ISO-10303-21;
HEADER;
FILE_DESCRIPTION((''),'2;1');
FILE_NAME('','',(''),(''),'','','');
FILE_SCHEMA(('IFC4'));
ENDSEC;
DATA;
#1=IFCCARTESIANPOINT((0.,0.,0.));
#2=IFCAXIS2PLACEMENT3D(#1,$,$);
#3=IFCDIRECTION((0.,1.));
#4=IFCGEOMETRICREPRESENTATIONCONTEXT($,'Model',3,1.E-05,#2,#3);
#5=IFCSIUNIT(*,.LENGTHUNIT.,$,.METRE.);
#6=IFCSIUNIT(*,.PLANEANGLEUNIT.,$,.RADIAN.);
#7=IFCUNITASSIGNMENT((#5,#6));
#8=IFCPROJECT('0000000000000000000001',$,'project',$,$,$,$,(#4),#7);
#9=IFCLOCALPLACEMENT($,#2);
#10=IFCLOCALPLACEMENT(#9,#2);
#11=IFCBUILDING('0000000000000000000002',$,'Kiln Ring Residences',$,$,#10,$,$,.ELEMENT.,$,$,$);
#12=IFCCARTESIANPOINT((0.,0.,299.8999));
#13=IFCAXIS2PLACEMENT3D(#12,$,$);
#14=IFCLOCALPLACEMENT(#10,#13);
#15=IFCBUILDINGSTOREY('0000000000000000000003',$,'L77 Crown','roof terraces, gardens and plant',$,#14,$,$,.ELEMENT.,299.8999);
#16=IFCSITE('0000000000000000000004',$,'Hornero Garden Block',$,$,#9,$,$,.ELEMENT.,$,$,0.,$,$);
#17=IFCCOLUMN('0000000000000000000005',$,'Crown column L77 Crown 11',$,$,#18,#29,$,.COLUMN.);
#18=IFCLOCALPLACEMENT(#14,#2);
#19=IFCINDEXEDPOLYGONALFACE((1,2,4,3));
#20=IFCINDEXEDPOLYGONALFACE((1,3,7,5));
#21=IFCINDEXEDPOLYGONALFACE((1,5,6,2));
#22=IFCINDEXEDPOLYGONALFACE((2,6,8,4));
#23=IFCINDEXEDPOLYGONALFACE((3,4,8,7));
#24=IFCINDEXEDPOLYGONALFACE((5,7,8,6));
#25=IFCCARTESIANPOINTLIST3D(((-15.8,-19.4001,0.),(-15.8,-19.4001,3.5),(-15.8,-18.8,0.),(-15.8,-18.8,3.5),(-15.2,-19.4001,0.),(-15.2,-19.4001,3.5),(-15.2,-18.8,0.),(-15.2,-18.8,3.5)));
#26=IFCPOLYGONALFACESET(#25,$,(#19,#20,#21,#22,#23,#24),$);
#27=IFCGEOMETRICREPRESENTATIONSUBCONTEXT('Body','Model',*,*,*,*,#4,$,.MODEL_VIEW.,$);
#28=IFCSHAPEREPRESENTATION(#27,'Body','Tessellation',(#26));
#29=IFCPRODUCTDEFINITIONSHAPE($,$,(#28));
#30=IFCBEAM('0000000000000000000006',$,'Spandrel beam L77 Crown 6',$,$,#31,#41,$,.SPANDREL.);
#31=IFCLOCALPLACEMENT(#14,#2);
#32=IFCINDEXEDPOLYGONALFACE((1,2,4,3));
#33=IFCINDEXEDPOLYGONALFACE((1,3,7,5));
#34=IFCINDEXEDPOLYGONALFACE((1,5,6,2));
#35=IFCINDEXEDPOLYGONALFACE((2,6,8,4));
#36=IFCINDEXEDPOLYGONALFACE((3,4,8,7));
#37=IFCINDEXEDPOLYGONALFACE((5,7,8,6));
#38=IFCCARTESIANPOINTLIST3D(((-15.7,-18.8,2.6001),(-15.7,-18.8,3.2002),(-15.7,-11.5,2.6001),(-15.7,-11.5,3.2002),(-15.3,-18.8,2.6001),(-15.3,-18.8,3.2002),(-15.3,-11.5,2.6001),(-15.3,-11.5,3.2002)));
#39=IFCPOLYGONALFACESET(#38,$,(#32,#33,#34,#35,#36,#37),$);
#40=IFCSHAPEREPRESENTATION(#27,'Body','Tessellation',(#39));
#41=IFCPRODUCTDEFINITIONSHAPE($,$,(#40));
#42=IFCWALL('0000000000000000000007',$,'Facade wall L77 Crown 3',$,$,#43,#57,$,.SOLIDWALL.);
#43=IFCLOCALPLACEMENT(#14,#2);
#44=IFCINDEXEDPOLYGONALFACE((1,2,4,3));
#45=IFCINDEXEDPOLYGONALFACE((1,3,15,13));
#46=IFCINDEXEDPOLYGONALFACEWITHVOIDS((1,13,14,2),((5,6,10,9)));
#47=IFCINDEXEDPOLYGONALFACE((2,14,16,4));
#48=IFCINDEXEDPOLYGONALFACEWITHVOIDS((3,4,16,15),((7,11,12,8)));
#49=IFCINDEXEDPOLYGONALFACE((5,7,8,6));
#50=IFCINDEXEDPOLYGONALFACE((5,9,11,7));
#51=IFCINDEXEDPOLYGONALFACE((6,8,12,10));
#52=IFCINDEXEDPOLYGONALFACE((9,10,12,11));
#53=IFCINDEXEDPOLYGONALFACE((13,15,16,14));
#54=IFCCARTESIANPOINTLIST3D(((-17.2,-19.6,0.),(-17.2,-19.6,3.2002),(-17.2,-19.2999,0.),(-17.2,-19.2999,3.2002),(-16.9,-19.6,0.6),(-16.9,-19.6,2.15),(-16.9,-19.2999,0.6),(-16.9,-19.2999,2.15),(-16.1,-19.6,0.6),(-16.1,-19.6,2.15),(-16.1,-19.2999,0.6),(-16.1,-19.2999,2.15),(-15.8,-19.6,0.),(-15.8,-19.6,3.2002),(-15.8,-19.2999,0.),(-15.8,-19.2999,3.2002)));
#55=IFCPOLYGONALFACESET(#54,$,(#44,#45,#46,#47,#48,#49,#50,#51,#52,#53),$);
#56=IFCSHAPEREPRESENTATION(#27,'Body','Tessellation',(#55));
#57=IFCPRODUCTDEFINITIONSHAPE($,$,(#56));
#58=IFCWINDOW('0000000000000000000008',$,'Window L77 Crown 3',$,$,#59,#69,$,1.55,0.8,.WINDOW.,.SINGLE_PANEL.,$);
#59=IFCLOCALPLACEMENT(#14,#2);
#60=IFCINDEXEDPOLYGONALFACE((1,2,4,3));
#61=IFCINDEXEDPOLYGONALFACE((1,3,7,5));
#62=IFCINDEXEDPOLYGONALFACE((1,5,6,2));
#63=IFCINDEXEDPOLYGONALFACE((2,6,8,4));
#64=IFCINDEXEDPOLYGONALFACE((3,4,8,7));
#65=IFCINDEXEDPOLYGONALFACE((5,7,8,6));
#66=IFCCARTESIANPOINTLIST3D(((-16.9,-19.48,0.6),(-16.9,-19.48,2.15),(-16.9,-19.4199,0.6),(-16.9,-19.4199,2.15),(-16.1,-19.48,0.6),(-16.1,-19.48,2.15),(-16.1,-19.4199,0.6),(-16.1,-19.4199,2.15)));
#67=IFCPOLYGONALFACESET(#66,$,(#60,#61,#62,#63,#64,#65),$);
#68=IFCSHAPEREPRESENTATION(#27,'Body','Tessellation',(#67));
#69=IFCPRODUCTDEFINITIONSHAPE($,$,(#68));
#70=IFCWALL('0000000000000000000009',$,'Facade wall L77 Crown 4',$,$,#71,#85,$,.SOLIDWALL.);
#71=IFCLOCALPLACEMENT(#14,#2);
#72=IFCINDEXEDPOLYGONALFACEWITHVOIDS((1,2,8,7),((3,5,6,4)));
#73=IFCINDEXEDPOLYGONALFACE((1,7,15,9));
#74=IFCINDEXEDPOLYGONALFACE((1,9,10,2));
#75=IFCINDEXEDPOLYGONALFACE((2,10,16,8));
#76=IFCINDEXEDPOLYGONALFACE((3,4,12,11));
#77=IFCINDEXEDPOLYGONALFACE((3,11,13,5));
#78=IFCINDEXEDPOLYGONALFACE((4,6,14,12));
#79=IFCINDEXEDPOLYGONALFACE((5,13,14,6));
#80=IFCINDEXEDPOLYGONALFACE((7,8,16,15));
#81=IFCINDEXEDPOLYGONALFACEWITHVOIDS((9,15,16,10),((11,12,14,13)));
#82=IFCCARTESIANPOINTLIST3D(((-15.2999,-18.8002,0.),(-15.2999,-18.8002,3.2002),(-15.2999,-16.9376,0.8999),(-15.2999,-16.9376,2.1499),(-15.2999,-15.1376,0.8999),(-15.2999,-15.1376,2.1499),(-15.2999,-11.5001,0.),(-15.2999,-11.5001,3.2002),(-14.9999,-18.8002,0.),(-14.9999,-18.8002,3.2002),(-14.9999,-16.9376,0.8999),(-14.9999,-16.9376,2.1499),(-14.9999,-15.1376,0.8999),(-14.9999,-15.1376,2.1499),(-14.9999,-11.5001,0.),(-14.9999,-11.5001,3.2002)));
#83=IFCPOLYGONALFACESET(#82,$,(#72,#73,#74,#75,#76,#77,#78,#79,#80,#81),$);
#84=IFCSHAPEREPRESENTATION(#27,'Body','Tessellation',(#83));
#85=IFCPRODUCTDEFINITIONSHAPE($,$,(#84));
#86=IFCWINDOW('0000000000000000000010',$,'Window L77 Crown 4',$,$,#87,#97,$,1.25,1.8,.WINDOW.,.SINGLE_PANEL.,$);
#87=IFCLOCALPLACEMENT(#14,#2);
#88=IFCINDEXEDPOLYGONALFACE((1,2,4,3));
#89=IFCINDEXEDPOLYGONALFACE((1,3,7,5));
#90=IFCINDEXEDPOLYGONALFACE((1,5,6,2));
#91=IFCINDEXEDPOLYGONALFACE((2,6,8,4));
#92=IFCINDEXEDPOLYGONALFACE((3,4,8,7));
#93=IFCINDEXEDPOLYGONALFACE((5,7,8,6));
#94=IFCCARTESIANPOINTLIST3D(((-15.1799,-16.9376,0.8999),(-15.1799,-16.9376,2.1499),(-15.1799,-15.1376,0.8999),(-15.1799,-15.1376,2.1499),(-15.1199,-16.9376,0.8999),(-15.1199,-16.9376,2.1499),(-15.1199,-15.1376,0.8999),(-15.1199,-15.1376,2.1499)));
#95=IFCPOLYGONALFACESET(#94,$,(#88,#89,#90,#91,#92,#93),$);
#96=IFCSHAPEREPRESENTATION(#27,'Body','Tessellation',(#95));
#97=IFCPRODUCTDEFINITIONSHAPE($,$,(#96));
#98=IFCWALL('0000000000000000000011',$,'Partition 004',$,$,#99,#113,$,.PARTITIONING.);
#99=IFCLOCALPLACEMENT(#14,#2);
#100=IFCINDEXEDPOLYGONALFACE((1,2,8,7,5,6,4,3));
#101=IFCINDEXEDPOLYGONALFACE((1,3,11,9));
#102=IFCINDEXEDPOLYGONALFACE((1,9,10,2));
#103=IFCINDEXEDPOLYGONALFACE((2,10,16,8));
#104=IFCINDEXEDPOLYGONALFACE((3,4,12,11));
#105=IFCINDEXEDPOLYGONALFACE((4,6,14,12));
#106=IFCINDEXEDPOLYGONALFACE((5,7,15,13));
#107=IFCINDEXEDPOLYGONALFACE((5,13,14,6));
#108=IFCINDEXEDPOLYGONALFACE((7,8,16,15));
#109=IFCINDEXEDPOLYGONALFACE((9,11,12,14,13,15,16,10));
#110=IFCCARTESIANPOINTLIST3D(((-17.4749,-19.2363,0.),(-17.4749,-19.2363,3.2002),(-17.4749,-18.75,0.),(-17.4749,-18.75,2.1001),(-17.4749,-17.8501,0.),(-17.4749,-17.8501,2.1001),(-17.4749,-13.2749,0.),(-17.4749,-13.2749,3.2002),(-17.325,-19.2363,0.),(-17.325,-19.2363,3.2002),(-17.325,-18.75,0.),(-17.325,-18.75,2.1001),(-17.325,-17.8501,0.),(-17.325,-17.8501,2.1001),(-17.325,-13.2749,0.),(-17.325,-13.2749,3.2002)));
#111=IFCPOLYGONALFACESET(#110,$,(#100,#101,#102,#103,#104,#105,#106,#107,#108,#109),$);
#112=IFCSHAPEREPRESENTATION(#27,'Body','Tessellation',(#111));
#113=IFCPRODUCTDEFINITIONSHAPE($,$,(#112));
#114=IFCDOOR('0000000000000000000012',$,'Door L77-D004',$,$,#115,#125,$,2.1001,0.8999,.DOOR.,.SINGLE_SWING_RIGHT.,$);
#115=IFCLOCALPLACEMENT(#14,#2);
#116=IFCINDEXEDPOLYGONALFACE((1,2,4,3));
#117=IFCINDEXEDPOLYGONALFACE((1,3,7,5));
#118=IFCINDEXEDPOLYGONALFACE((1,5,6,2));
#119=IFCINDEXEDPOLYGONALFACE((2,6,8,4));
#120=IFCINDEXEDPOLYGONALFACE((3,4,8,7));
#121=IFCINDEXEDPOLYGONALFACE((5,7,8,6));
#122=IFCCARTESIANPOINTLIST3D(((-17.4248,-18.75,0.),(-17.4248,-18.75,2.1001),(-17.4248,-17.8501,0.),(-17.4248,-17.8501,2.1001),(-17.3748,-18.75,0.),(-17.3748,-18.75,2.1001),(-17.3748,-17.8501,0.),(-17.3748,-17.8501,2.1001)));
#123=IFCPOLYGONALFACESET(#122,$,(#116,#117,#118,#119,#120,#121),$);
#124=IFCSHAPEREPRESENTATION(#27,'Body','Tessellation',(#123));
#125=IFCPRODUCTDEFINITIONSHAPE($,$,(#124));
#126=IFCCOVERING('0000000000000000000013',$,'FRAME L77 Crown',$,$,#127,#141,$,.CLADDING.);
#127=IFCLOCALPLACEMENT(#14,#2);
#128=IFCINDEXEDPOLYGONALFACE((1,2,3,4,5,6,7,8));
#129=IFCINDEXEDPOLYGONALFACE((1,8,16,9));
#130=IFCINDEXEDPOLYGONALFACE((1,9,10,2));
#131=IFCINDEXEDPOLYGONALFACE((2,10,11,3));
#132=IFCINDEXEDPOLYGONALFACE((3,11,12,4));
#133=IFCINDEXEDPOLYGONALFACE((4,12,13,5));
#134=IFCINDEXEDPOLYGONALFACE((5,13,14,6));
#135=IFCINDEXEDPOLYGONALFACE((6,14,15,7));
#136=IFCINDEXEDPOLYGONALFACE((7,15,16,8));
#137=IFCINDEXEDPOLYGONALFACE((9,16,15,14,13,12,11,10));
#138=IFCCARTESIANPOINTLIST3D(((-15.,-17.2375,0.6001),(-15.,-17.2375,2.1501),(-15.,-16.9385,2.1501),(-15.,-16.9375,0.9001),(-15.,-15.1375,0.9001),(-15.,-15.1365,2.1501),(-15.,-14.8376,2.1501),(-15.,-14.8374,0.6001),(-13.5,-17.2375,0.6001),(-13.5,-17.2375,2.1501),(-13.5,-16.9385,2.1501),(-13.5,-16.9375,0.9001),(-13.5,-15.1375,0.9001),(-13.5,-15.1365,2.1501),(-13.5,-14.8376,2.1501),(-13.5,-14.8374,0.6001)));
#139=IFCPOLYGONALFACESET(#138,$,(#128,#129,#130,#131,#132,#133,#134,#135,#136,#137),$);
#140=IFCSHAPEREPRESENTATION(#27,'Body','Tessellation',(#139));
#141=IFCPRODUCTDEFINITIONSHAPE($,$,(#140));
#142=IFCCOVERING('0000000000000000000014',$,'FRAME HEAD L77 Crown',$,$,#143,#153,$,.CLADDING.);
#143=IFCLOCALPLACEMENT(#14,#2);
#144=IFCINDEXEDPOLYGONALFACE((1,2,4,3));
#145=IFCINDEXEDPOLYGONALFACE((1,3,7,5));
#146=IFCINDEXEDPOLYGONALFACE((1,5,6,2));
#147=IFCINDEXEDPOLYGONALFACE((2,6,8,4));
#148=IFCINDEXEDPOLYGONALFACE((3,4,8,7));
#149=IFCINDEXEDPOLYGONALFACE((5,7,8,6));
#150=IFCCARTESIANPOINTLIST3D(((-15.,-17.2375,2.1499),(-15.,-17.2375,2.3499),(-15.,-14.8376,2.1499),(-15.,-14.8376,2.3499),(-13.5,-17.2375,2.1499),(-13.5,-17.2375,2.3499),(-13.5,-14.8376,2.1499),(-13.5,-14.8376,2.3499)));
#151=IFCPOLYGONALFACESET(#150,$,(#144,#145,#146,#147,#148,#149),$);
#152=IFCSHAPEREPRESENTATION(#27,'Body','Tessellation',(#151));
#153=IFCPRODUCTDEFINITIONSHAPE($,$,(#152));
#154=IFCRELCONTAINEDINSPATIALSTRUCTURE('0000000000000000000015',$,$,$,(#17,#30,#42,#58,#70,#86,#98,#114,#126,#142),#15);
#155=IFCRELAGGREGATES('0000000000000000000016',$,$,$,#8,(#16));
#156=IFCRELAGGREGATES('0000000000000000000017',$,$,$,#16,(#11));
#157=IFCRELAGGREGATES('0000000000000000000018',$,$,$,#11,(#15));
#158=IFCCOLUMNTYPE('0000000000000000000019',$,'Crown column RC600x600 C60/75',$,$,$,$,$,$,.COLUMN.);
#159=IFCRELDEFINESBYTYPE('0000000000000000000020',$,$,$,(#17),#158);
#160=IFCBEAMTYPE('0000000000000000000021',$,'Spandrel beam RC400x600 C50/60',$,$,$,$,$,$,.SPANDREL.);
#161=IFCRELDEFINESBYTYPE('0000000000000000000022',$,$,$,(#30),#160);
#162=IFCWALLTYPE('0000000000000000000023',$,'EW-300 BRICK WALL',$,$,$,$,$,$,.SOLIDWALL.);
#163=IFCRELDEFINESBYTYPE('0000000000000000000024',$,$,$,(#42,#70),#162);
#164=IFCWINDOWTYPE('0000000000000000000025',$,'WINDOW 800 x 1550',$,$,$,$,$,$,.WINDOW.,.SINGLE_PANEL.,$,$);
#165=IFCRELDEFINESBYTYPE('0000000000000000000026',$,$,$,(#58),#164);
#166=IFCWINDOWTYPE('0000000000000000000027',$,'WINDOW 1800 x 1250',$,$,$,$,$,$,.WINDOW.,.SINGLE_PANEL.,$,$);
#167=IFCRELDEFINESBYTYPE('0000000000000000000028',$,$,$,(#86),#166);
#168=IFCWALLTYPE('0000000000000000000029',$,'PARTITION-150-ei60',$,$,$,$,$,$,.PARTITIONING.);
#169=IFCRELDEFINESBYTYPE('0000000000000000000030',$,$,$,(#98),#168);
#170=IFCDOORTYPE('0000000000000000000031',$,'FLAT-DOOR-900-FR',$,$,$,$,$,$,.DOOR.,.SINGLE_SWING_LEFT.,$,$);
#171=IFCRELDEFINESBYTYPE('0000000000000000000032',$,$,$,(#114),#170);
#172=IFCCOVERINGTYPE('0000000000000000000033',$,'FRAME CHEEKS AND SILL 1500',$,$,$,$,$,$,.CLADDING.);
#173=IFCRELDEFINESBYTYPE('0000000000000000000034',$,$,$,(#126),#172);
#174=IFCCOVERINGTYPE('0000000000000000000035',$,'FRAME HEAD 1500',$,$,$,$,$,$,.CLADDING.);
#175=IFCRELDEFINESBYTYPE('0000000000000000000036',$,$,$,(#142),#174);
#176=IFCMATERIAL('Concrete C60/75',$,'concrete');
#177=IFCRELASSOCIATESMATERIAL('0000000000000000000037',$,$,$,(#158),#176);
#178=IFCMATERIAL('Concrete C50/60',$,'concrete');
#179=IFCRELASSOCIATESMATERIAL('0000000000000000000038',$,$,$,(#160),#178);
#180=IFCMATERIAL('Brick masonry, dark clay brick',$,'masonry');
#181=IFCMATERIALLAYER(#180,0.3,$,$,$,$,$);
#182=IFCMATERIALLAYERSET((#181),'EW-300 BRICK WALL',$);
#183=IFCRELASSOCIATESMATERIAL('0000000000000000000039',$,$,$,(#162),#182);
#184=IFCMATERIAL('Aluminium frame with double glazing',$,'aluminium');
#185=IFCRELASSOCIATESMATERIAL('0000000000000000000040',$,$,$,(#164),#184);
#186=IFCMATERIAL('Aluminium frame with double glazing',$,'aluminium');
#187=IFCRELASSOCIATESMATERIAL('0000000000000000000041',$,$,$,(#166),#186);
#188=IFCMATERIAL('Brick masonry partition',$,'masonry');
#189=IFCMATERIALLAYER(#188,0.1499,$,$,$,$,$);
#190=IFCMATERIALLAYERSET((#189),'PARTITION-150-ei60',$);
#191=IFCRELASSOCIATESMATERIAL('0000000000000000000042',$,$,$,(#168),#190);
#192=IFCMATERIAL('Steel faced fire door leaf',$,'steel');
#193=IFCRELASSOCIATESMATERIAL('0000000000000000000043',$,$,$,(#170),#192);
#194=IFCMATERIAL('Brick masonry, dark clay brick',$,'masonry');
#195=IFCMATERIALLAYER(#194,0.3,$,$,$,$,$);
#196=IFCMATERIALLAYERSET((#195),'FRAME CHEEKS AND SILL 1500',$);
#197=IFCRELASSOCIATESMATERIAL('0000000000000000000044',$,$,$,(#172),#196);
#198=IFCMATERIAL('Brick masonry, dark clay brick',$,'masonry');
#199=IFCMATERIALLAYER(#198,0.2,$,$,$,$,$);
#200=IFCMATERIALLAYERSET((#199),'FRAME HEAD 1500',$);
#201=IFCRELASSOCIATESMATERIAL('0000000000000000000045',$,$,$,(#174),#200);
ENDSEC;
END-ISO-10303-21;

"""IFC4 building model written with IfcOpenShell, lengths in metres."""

from ifc_helpers import new_model, si_unit, direction, frame, frame_2d, origin, origin_2d, place, context, subcontext, project, spatial, polyline, rectangle, outline, extrude, material, layer, layer_set, material_profile, profile_set, type_object, element, fill, save


model = new_model("IFC4")

# Units and contexts
model_context = context("Model", 3, precision=1e-05, world=origin(), true_north=direction((0.0, 1.0)))
body_context = subcontext(model_context, "Body", "Model", "MODEL_VIEW")
ifc_project = project(units=[si_unit("LENGTHUNIT", "METRE"), si_unit("PLANEANGLEUNIT", "RADIAN")], contexts=[model_context])

# Site, building, storey
site_placement = place(None, origin())
site = spatial("IfcSite", under=ifc_project, at=site_placement, Name="Hornero Garden Block", CompositionType="ELEMENT", RefElevation=0.0)
building_placement = place(site_placement, origin())
building = spatial("IfcBuilding", under=site, at=building_placement, Name="Kiln Ring Residences", CompositionType="ELEMENT")
storey_placement = place(building_placement, frame((0.0, 0.0, 299.8999)))
storey = spatial("IfcBuildingStorey", under=building, at=storey_placement, Name="L77 Crown", Description="roof terraces, gardens and plant", CompositionType="ELEMENT", Elevation=299.8999)

# Column
ifc_material_1 = material(Name="Concrete C60/75", Category="concrete")
ifc_material_profile_1 = material_profile(ifc_material_1, rectangle(XDim=0.6001, YDim=0.6001, at=origin_2d()), Name="RC600x600")
ifc_profile_set_1 = profile_set([ifc_material_profile_1], Name="Concrete C60/75")
column_type = type_object("IfcColumnType", Name="Crown column RC600x600 C60/75", PredefinedType="COLUMN", material=ifc_profile_set_1)
column_placement = place(storey_placement, frame((-15.5, -19.1001, 0.0), z_axis=(0.0, 0.0, 1.0), x_axis=(1.0, 0.0, 0.0)))
element("IfcColumn", 1, at=column_placement, inside=storey, type_object=column_type, Name="Crown column L77 Crown 11", PredefinedType="COLUMN", context=body_context, shape_type="SweptSolid", body=[
    extrude(rectangle(XDim=0.6001, YDim=0.6001, at=origin_2d()), origin(), (0.0, 0.0, 1.0), 3.5),
])

# Beam
ifc_material_2 = material(Name="Concrete C50/60", Category="concrete")
ifc_material_profile_2 = material_profile(ifc_material_2, rectangle(XDim=0.3999, YDim=0.6001, at=origin_2d()), Name="RC400x600")
ifc_profile_set_2 = profile_set([ifc_material_profile_2], Name="Concrete C50/60")
beam_type = type_object("IfcBeamType", Name="Spandrel beam RC400x600 C50/60", PredefinedType="SPANDREL", material=ifc_profile_set_2)
beam_placement = place(storey_placement, frame((-15.5, -18.8, 2.9001), z_axis=(0.0, 1.0, 0.0), x_axis=(-1.0, 0.0, 0.0)))
element("IfcBeam", 2, at=beam_placement, inside=storey, type_object=beam_type, Name="Spandrel beam L77 Crown 6", PredefinedType="SPANDREL", context=body_context, shape_type="SweptSolid", body=[
    extrude(rectangle(XDim=0.3999, YDim=0.6001, at=origin_2d()), origin(), (0.0, 0.0, 1.0), 7.3),
])

# Walls, openings, windows
ifc_material_3 = material(Name="Brick masonry, dark clay brick", Category="masonry")
ifc_layer_1 = layer(ifc_material_3, 0.3)
ifc_layer_set_1 = layer_set([ifc_layer_1], Name="EW-300 BRICK WALL")
wall_type_1 = type_object("IfcWallType", Name="EW-300 BRICK WALL", PredefinedType="SOLIDWALL", material=ifc_layer_set_1)
wall_1_placement = place(storey_placement, frame((-17.2, -19.45, 0.0), z_axis=(0.0, 0.0, 1.0), x_axis=(1.0, 0.0, 0.0)))
wall_1 = element("IfcWall", 3, at=wall_1_placement, inside=storey, type_object=wall_type_1, Name="Facade wall L77 Crown 3", PredefinedType="SOLIDWALL", context=body_context, shape_type="SweptSolid", body=[
    extrude(rectangle(XDim=1.3999, YDim=0.3, at=frame_2d((0.7, 0.0))), origin(), (0.0, 0.0, 1.0), 3.2002),
])
opening_1_placement = place(wall_1_placement, frame((0.3, 0.0, 0.6001)))
opening_1 = element("IfcOpeningElement", 4, at=opening_1_placement, cuts=wall_1, PredefinedType="OPENING", context=body_context, shape_type="SweptSolid", body=[
    extrude(rectangle(XDim=0.8, YDim=1.55, at=frame_2d((0.3999, 0.7749))), frame((0.0, 0.1599, 0.0), z_axis=(0.0, -1.0, 0.0), x_axis=(1.0, 0.0, 0.0)), (0.0, 0.0, 1.0), 0.3201),
])
ifc_material_4 = material(Name="Aluminium frame with double glazing", Category="aluminium")
window_type_1 = type_object("IfcWindowType", Name="WINDOW 800 x 1550", PartitioningType="SINGLE_PANEL", PredefinedType="WINDOW", material=ifc_material_4)
window_1_placement = place(opening_1_placement, origin())
window_1 = element("IfcWindow", 5, at=window_1_placement, inside=storey, type_object=window_type_1, Name="Window L77 Crown 3", OverallHeight=1.55, OverallWidth=0.8, PartitioningType="SINGLE_PANEL", PredefinedType="WINDOW", context=body_context, shape_type="SweptSolid", body=[
    extrude(rectangle(XDim=0.8, YDim=1.55, at=frame_2d((0.3999, 0.7749))), frame((0.0, 0.03, 0.0), z_axis=(0.0, -1.0, 0.0), x_axis=(1.0, 0.0, 0.0)), (0.0, 0.0, 1.0), 0.0601),
])
fill(opening_1, window_1)
wall_2_placement = place(storey_placement, frame((-15.1499, -18.8, 0.0), z_axis=(0.0, 0.0, 1.0), x_axis=(0.0, 1.0, 0.0)))
wall_2 = element("IfcWall", 6, at=wall_2_placement, inside=storey, type_object=wall_type_1, Name="Facade wall L77 Crown 4", PredefinedType="SOLIDWALL", context=body_context, shape_type="SweptSolid", body=[
    extrude(rectangle(XDim=7.3, YDim=0.3, at=frame_2d((3.6499, 0.0))), origin(), (0.0, 0.0, 1.0), 3.2002),
])
opening_2_placement = place(wall_2_placement, frame((1.8625, 0.0, 0.8999)))
opening_2 = element("IfcOpeningElement", 7, at=opening_2_placement, cuts=wall_2, PredefinedType="OPENING", context=body_context, shape_type="SweptSolid", body=[
    extrude(rectangle(XDim=1.8, YDim=1.25, at=frame_2d((0.8999, 0.625))), frame((0.0, 0.1599, 0.0), z_axis=(0.0, -1.0, 0.0), x_axis=(1.0, 0.0, 0.0)), (0.0, 0.0, 1.0), 0.3201),
])
ifc_material_5 = material(Name="Aluminium frame with double glazing", Category="aluminium")
window_type_2 = type_object("IfcWindowType", Name="WINDOW 1800 x 1250", PartitioningType="SINGLE_PANEL", PredefinedType="WINDOW", material=ifc_material_5)
window_2_placement = place(opening_2_placement, origin())
window_2 = element("IfcWindow", 8, at=window_2_placement, inside=storey, type_object=window_type_2, Name="Window L77 Crown 4", OverallHeight=1.25, OverallWidth=1.8, PartitioningType="SINGLE_PANEL", PredefinedType="WINDOW", context=body_context, shape_type="SweptSolid", body=[
    extrude(rectangle(XDim=1.8, YDim=1.25, at=frame_2d((0.8999, 0.625))), frame((0.0, 0.03, 0.0), z_axis=(0.0, -1.0, 0.0), x_axis=(1.0, 0.0, 0.0)), (0.0, 0.0, 1.0), 0.0601),
])
fill(opening_2, window_2)

# Wall, opening, door
ifc_material_6 = material(Name="Brick masonry partition", Category="masonry")
ifc_layer_2 = layer(ifc_material_6, 0.1499)
ifc_layer_set_2 = layer_set([ifc_layer_2], Name="PARTITION-150-ei60")
wall_type_2 = type_object("IfcWallType", Name="PARTITION-150-ei60", PredefinedType="PARTITIONING", material=ifc_layer_set_2)
wall_3_placement = place(storey_placement, frame((-17.3999, -19.2363, 0.0), z_axis=(0.0, 0.0, 1.0), x_axis=(0.0, 1.0, 0.0)))
wall_3 = element("IfcWall", 9, at=wall_3_placement, inside=storey, type_object=wall_type_2, Name="Partition 004", PredefinedType="PARTITIONING", context=body_context, shape_type="SweptSolid", body=[
    extrude(rectangle(XDim=5.9614, YDim=0.1499, at=frame_2d((2.9807, 0.0))), origin(), (0.0, 0.0, 1.0), 3.2002),
])
opening_3_placement = place(wall_3_placement, frame((0.4863, 0.0, 0.0)))
opening_3 = element("IfcOpeningElement", 10, at=opening_3_placement, cuts=wall_3, PredefinedType="OPENING", context=body_context, shape_type="SweptSolid", body=[
    extrude(rectangle(XDim=0.8999, YDim=2.1001, at=frame_2d((0.45, 1.05))), frame((0.0, 0.085, 0.0), z_axis=(0.0, -1.0, 0.0), x_axis=(1.0, 0.0, 0.0)), (0.0, 0.0, 1.0), 0.1699),
])
ifc_material_7 = material(Name="Steel faced fire door leaf", Category="steel")
door_type = type_object("IfcDoorType", Name="FLAT-DOOR-900-FR", OperationType="SINGLE_SWING_LEFT", PredefinedType="DOOR", material=ifc_material_7)
door_placement = place(opening_3_placement, origin())
door = element("IfcDoor", 11, at=door_placement, inside=storey, type_object=door_type, Name="Door L77-D004", OperationType="SINGLE_SWING_RIGHT", OverallHeight=2.1001, OverallWidth=0.8999, PredefinedType="DOOR", context=body_context, shape_type="SweptSolid", body=[
    extrude(rectangle(XDim=0.8999, YDim=2.1001, at=frame_2d((0.45, 1.05))), frame((0.0, 0.0249, 0.0), z_axis=(0.0, -1.0, 0.0), x_axis=(1.0, 0.0, 0.0)), (0.0, 0.0, 1.0), 0.05),
])
fill(opening_3, door)

# Coverings
ifc_material_8 = material(Name="Brick masonry, dark clay brick", Category="masonry")
ifc_layer_3 = layer(ifc_material_8, 0.3)
ifc_layer_set_3 = layer_set([ifc_layer_3], Name="FRAME CHEEKS AND SILL 1500")
covering_type_1 = type_object("IfcCoveringType", Name="FRAME CHEEKS AND SILL 1500", PredefinedType="CLADDING", material=ifc_layer_set_3)
covering_1_placement = place(storey_placement, frame((-14.25, -17.2375, 0.6001), z_axis=(0.0, 0.0, 1.0), x_axis=(0.0, 1.0, 0.0)))
element("IfcCovering", 12, at=covering_1_placement, inside=storey, type_object=covering_type_1, Name="FRAME L77 Crown", PredefinedType="CLADDING", context=body_context, shape_type="SweptSolid", body=[
    extrude(outline(polyline([(0.0, 0.0), (2.4001, 0.0), (2.3999, 1.55), (2.1011, 1.55), (2.1001, 0.3), (0.3, 0.3), (0.2991, 1.55), (0.0, 1.55), (0.0, 0.0)])), frame((0.0, 0.75, 0.0), z_axis=(0.0, -1.0, 0.0), x_axis=(1.0, 0.0, 0.0)), (0.0, 0.0, 1.0), 1.5),
])
ifc_material_9 = material(Name="Brick masonry, dark clay brick", Category="masonry")
ifc_layer_4 = layer(ifc_material_9, 0.2)
ifc_layer_set_4 = layer_set([ifc_layer_4], Name="FRAME HEAD 1500")
covering_type_2 = type_object("IfcCoveringType", Name="FRAME HEAD 1500", PredefinedType="CLADDING", material=ifc_layer_set_4)
covering_2_placement = place(storey_placement, frame((-14.25, -16.0376, 2.1499), z_axis=(0.0, 0.0, 1.0), x_axis=(0.0, 1.0, 0.0)))
element("IfcCovering", 13, at=covering_2_placement, inside=storey, type_object=covering_type_2, Name="FRAME HEAD L77 Crown", PredefinedType="CLADDING", context=body_context, shape_type="SweptSolid", body=[
    extrude(rectangle(XDim=2.3999, YDim=1.5, at=origin_2d()), origin(), (0.0, 0.0, 1.0), 0.2),
])

save(model, "model.ifc")
